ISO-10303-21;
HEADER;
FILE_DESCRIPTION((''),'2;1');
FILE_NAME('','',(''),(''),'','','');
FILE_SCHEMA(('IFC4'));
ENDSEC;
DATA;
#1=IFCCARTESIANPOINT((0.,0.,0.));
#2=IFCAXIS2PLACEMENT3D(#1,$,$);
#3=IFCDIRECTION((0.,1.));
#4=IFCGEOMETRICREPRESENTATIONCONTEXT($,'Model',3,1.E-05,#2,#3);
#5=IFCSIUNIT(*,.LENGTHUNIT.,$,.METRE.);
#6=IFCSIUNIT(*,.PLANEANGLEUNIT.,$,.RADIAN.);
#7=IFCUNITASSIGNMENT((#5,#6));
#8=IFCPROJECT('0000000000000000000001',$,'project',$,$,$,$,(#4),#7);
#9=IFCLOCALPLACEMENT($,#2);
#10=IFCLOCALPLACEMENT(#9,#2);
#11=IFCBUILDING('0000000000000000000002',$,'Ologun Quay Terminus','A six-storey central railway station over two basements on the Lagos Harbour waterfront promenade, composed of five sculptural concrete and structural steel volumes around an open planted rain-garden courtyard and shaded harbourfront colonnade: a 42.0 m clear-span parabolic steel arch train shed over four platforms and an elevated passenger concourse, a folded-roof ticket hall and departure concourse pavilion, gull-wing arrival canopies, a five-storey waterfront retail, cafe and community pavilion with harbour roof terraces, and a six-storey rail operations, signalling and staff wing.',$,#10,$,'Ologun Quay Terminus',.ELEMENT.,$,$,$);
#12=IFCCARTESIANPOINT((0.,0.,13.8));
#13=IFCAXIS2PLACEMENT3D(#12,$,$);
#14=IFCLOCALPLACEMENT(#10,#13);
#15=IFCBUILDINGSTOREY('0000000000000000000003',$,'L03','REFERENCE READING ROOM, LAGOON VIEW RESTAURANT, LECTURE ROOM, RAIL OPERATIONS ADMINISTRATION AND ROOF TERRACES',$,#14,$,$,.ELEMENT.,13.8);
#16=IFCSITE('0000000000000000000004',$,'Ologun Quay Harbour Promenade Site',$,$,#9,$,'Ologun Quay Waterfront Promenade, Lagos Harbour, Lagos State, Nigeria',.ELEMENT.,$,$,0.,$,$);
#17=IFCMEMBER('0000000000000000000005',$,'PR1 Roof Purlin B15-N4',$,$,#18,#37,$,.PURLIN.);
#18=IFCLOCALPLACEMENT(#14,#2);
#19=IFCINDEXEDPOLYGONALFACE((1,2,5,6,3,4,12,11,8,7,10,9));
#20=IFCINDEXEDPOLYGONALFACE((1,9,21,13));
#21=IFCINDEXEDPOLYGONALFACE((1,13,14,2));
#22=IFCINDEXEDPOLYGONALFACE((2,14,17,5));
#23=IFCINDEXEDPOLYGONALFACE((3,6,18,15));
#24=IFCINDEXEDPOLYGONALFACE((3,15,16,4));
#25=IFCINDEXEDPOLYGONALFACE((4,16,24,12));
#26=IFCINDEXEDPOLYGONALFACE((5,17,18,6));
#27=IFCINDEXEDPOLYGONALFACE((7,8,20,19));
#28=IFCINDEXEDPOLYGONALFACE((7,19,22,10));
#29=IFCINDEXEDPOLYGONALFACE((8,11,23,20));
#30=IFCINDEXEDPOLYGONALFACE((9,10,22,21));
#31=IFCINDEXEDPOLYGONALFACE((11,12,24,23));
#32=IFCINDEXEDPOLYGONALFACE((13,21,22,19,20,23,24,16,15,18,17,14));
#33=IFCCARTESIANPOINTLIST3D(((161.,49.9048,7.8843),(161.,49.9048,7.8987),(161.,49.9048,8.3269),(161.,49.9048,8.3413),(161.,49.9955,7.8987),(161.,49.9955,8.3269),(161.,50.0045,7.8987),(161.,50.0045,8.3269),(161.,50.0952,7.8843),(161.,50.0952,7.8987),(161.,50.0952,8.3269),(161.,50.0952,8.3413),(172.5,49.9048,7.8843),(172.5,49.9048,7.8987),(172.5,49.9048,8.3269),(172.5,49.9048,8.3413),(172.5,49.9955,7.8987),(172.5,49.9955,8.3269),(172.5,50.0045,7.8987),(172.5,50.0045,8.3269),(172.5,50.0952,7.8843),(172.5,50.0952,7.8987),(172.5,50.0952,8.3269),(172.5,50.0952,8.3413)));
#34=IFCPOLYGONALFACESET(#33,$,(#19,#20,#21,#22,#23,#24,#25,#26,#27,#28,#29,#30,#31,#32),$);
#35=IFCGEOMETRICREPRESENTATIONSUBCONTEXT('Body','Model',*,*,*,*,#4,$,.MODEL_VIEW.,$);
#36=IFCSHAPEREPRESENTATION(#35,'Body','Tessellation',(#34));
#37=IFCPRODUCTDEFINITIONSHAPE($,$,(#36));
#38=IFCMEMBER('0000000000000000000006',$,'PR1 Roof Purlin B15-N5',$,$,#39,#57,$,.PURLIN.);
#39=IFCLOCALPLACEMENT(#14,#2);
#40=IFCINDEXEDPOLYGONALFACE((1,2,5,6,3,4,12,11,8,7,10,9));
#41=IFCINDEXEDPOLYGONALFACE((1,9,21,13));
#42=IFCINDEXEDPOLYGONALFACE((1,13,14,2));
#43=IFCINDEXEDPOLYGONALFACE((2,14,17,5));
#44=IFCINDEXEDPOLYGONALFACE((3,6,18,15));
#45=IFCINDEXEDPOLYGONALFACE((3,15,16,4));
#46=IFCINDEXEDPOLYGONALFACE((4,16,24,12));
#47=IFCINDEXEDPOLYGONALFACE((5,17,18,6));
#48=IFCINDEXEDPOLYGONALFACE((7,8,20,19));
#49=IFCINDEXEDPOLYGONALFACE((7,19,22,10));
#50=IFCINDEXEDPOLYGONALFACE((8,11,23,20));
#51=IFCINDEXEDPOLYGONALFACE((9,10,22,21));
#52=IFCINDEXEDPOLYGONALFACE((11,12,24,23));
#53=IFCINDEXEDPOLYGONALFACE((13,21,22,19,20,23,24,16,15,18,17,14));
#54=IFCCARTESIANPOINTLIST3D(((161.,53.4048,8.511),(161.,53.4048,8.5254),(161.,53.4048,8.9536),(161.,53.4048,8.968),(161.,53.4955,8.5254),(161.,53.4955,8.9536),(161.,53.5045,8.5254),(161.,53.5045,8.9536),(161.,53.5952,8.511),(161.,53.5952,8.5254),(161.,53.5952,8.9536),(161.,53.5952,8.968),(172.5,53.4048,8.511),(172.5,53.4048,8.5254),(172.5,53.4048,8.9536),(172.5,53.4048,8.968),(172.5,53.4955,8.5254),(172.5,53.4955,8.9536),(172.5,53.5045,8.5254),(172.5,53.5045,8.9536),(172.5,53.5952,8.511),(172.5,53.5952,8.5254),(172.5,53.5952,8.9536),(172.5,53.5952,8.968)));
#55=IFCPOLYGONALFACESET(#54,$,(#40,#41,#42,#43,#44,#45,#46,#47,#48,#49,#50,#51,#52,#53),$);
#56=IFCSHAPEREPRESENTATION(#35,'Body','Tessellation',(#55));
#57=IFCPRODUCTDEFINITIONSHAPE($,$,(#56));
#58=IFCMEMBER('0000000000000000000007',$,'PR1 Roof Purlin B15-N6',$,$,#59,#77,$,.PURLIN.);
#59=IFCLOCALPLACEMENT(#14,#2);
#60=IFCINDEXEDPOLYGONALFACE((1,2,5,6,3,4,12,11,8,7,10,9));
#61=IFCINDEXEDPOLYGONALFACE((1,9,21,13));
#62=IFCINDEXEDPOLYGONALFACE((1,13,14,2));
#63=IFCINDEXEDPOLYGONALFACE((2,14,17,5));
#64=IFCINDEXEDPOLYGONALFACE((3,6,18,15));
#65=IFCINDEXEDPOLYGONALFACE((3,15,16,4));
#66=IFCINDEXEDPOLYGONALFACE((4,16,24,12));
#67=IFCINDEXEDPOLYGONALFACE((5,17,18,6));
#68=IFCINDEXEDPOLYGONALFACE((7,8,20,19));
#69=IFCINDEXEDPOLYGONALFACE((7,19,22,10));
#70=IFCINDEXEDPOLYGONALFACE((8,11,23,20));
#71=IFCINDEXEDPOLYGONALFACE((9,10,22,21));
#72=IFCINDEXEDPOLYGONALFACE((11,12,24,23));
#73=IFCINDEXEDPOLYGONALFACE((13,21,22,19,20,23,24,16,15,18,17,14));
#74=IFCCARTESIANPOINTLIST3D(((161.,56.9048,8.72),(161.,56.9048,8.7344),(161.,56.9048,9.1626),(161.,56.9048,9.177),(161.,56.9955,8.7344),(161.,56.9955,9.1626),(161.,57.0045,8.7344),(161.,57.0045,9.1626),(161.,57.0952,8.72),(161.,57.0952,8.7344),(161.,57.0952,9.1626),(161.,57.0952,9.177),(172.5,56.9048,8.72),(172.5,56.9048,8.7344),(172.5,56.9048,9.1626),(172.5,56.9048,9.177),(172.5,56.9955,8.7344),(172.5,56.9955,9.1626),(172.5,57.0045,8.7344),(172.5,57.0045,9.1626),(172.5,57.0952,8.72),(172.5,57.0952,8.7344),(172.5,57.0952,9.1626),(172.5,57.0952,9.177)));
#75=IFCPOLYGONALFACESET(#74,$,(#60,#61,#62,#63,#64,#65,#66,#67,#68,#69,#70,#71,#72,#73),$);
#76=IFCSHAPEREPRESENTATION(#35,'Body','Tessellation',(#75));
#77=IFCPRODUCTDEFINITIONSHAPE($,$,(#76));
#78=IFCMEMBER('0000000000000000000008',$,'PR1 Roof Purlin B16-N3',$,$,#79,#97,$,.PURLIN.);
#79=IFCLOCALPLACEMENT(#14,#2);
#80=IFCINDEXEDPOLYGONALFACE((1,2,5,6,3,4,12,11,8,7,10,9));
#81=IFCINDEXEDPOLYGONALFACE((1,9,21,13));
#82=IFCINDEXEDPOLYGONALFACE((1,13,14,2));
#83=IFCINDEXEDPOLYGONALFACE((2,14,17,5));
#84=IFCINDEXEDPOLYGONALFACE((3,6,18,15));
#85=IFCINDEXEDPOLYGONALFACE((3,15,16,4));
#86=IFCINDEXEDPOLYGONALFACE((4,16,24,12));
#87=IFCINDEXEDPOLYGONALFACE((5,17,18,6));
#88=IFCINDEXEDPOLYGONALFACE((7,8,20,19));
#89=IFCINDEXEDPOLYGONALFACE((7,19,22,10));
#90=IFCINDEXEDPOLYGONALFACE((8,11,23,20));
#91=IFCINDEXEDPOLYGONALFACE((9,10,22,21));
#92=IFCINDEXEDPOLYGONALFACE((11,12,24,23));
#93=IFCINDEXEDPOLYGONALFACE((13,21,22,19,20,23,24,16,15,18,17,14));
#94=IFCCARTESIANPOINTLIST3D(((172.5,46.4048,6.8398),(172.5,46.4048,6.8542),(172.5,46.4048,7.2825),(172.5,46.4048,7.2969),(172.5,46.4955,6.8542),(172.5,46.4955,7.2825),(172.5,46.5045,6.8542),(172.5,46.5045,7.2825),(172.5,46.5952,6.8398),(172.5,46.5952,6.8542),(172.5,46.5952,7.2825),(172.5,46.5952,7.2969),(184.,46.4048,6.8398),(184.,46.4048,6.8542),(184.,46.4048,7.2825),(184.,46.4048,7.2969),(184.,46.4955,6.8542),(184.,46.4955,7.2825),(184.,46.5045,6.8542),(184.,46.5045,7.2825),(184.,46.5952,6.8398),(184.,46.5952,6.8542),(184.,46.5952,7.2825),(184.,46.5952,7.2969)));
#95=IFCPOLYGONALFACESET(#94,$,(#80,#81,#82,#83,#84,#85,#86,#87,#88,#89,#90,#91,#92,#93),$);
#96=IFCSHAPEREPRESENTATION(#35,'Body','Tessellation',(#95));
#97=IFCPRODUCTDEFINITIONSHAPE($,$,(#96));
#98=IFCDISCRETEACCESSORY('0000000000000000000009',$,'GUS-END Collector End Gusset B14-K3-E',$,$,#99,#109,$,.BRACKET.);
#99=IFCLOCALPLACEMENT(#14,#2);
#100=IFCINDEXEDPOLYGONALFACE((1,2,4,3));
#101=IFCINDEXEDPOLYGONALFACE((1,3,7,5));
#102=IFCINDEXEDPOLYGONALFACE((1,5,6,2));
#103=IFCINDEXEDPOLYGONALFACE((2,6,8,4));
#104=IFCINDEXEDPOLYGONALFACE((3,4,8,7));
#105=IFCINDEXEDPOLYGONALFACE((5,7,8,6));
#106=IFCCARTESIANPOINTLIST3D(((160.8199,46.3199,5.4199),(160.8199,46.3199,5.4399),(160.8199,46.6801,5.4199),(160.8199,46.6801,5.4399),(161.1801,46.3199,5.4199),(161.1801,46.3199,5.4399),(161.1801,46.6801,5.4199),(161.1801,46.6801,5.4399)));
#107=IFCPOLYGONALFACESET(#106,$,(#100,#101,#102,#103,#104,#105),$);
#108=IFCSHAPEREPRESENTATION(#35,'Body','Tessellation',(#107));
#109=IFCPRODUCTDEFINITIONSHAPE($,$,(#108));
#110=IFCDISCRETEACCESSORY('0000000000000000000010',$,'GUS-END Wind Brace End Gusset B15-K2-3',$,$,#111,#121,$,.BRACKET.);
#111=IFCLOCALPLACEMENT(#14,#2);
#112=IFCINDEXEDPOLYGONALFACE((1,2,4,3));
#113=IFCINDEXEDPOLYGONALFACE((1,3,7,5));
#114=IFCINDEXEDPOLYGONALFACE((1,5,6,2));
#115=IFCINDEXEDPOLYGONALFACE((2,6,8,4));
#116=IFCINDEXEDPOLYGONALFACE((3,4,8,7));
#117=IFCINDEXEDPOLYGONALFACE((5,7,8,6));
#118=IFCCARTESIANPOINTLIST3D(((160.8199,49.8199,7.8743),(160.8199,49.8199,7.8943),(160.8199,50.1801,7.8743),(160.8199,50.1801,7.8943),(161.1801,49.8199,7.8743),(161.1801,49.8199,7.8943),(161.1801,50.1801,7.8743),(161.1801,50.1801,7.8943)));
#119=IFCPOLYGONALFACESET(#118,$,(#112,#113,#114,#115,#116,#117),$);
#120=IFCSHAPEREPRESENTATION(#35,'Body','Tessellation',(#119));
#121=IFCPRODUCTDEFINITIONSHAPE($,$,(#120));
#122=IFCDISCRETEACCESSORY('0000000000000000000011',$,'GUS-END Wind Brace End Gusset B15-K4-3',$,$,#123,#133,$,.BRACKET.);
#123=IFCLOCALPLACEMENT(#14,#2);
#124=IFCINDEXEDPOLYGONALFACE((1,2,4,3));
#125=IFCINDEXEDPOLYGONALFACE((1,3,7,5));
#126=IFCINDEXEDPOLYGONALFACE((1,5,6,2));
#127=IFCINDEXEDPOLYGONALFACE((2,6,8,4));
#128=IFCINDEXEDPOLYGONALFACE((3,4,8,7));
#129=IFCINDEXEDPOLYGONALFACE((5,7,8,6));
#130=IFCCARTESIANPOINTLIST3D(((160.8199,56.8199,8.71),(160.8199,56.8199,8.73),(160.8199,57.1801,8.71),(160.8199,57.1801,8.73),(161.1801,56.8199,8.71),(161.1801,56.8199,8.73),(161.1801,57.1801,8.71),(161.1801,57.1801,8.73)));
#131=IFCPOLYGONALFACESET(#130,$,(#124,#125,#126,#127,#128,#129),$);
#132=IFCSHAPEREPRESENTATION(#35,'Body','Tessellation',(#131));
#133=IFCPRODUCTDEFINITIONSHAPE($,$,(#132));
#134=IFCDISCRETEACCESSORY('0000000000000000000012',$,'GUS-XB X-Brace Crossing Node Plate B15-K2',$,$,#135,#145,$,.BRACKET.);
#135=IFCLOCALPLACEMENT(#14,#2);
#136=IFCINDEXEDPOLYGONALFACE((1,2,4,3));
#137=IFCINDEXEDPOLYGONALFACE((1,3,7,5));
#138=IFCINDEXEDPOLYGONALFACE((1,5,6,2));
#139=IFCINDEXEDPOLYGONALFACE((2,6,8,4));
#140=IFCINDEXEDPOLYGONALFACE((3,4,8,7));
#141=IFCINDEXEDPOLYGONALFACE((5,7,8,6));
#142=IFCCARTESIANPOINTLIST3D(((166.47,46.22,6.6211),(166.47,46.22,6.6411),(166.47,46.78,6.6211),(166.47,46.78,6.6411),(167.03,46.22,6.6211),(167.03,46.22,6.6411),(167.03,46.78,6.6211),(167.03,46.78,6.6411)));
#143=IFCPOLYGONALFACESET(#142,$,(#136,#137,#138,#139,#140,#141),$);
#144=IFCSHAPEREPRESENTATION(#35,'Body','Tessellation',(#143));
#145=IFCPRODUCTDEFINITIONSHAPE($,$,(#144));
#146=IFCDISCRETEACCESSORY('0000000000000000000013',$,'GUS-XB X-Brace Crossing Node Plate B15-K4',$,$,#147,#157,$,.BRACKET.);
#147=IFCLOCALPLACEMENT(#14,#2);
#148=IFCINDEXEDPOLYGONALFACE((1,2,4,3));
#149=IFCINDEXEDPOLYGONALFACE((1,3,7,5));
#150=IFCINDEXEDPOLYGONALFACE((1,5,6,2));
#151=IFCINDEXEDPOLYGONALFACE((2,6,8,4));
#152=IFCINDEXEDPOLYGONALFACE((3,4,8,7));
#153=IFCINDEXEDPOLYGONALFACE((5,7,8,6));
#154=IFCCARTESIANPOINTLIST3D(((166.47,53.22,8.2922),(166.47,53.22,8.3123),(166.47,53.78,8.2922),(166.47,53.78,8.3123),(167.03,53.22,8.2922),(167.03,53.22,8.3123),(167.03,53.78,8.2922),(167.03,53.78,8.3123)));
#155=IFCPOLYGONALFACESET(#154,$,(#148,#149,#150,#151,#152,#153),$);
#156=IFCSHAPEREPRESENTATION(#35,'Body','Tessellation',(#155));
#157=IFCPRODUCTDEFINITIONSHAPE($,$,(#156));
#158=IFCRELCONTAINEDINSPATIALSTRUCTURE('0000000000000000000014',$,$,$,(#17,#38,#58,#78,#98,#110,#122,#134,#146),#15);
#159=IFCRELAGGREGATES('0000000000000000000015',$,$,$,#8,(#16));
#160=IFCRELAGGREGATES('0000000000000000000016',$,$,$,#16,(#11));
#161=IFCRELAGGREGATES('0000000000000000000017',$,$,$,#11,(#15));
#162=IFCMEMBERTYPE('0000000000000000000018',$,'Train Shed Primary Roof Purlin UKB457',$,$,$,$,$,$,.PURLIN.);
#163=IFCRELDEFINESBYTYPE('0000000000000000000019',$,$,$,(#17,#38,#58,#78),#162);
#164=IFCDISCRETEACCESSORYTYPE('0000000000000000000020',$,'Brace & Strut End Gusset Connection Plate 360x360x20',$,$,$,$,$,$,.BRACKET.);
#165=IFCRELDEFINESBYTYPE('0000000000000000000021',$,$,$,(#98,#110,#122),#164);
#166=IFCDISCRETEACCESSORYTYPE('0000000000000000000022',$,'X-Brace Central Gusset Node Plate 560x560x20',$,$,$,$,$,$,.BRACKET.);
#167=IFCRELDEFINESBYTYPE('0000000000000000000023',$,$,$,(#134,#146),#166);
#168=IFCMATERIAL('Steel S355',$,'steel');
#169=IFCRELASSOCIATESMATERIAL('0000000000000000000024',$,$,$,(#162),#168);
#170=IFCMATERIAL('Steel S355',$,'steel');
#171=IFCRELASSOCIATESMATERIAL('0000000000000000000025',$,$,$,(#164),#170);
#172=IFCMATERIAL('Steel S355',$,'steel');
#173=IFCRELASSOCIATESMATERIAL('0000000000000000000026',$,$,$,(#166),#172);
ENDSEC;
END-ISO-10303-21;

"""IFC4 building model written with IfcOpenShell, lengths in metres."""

from ifc_helpers import new_model, si_unit, direction, frame, origin, origin_2d, place, context, subcontext, project, spatial, rectangle, i_section, extrude, material, material_profile, profile_set, type_object, element, save


model = new_model("IFC4")

# Units and contexts
model_context = context("Model", 3, precision=1e-05, world=origin(), true_north=direction((0.0, 1.0)))
body_context = subcontext(model_context, "Body", "Model", "MODEL_VIEW")
ifc_project = project(units=[si_unit("LENGTHUNIT", "METRE"), si_unit("PLANEANGLEUNIT", "RADIAN")], contexts=[model_context])

# Site, building, storey
site_placement = place(None, origin())
site = spatial("IfcSite", under=ifc_project, at=site_placement, Name="Ologun Quay Harbour Promenade Site", LongName="Ologun Quay Waterfront Promenade, Lagos Harbour, Lagos State, Nigeria", CompositionType="ELEMENT", RefElevation=0.0)
building_placement = place(site_placement, origin())
building = spatial("IfcBuilding", under=site, at=building_placement, Name="Ologun Quay Terminus", Description="A six-storey central railway station over two basements on the Lagos Harbour waterfront promenade, composed of five sculptural concrete and structural steel volumes around an open planted rain-garden courtyard and shaded harbourfront colonnade: a 42.0 m clear-span parabolic steel arch train shed over four platforms and an elevated passenger concourse, a folded-roof ticket hall and departure concourse pavilion, gull-wing arrival canopies, a five-storey waterfront retail, cafe and community pavilion with harbour roof terraces, and a six-storey rail operations, signalling and staff wing.", LongName="Ologun Quay Terminus", CompositionType="ELEMENT")
storey_placement = place(building_placement, frame((0.0, 0.0, 13.8)))
storey = spatial("IfcBuildingStorey", under=building, at=storey_placement, Name="L03", Description="REFERENCE READING ROOM, LAGOON VIEW RESTAURANT, LECTURE ROOM, RAIL OPERATIONS ADMINISTRATION AND ROOF TERRACES", CompositionType="ELEMENT", Elevation=13.8)

# Members
ifc_material_1 = material(Name="Steel S355", Category="steel")
ifc_material_profile_1 = material_profile(ifc_material_1, i_section(OverallWidth=0.1904, OverallDepth=0.457, WebThickness=0.009, FlangeThickness=0.0144, at=origin_2d()), Name="UKB 457x191x74")
ifc_profile_set_1 = profile_set([ifc_material_profile_1], Name="Steel S355")
member_type_1 = type_object("IfcMemberType", Name="Train Shed Primary Roof Purlin UKB457", PredefinedType="PURLIN", material=ifc_profile_set_1)
for number, where, z_axis, x_axis, name in (
    (1, (161.0, 50.0, 8.1128), (1.0, 0.0, 0.0), (0.0, 1.0, 0.0), "PR1 Roof Purlin B15-N4"),
    (2, (161.0, 53.5, 8.7395), (1.0, 0.0, 0.0), (0.0, 1.0, 0.0), "PR1 Roof Purlin B15-N5"),
    (3, (161.0, 57.0, 8.9485), (1.0, 0.0, 0.0), (0.0, 1.0, 0.0), "PR1 Roof Purlin B15-N6"),
    (4, (172.5, 46.5, 7.0684), (1.0, 0.0, 0.0), (0.0, 1.0, 0.0), "PR1 Roof Purlin B16-N3"),
):
    element("IfcMember", number, at=place(storey_placement, frame(where, z_axis=z_axis, x_axis=x_axis)), inside=storey, type_object=member_type_1, Name=name, PredefinedType="PURLIN", context=body_context, shape_type="SweptSolid", body=[
        extrude(i_section(OverallWidth=0.1904, OverallDepth=0.457, WebThickness=0.009, FlangeThickness=0.0144, at=origin_2d()), origin(), (0.0, 0.0, 1.0), 11.5),
    ])

# Discrete accessories
ifc_material_2 = material(Name="Steel S355", Category="steel")
discrete_accessory_type_1 = type_object("IfcDiscreteAccessoryType", Name="Brace & Strut End Gusset Connection Plate 360x360x20", PredefinedType="BRACKET", material=ifc_material_2)
for number, where, z_axis, x_axis, name in (
    (5, (161.0, 46.5, 5.4199), (0.0, 0.0, 1.0), (1.0, 0.0, 0.0), "GUS-END Collector End Gusset B14-K3-E"),
    (6, (161.0, 50.0, 7.8743), (0.0, 0.0, 1.0), (1.0, 0.0, 0.0), "GUS-END Wind Brace End Gusset B15-K2-3"),
    (7, (161.0, 57.0, 8.71), (0.0, 0.0, 1.0), (1.0, 0.0, 0.0), "GUS-END Wind Brace End Gusset B15-K4-3"),
):
    element("IfcDiscreteAccessory", number, at=place(storey_placement, frame(where, z_axis=z_axis, x_axis=x_axis)), inside=storey, type_object=discrete_accessory_type_1, Name=name, PredefinedType="BRACKET", context=body_context, shape_type="SweptSolid", body=[
        extrude(rectangle(XDim=0.3601, YDim=0.3601, at=origin_2d()), origin(), (0.0, 0.0, 1.0), 0.02),
    ])
ifc_material_3 = material(Name="Steel S355", Category="steel")
discrete_accessory_type_2 = type_object("IfcDiscreteAccessoryType", Name="X-Brace Central Gusset Node Plate 560x560x20", PredefinedType="BRACKET", material=ifc_material_3)
for number, where, z_axis, x_axis, name in (
    (8, (166.75, 46.5, 6.6211), (0.0, 0.0, 1.0), (1.0, 0.0, 0.0), "GUS-XB X-Brace Crossing Node Plate B15-K2"),
    (9, (166.75, 53.5, 8.2922), (0.0, 0.0, 1.0), (1.0, 0.0, 0.0), "GUS-XB X-Brace Crossing Node Plate B15-K4"),
):
    element("IfcDiscreteAccessory", number, at=place(storey_placement, frame(where, z_axis=z_axis, x_axis=x_axis)), inside=storey, type_object=discrete_accessory_type_2, Name=name, PredefinedType="BRACKET", context=body_context, shape_type="SweptSolid", body=[
        extrude(rectangle(XDim=0.5601, YDim=0.5601, at=origin_2d()), origin(), (0.0, 0.0, 1.0), 0.02),
    ])

save(model, "model.ifc")
